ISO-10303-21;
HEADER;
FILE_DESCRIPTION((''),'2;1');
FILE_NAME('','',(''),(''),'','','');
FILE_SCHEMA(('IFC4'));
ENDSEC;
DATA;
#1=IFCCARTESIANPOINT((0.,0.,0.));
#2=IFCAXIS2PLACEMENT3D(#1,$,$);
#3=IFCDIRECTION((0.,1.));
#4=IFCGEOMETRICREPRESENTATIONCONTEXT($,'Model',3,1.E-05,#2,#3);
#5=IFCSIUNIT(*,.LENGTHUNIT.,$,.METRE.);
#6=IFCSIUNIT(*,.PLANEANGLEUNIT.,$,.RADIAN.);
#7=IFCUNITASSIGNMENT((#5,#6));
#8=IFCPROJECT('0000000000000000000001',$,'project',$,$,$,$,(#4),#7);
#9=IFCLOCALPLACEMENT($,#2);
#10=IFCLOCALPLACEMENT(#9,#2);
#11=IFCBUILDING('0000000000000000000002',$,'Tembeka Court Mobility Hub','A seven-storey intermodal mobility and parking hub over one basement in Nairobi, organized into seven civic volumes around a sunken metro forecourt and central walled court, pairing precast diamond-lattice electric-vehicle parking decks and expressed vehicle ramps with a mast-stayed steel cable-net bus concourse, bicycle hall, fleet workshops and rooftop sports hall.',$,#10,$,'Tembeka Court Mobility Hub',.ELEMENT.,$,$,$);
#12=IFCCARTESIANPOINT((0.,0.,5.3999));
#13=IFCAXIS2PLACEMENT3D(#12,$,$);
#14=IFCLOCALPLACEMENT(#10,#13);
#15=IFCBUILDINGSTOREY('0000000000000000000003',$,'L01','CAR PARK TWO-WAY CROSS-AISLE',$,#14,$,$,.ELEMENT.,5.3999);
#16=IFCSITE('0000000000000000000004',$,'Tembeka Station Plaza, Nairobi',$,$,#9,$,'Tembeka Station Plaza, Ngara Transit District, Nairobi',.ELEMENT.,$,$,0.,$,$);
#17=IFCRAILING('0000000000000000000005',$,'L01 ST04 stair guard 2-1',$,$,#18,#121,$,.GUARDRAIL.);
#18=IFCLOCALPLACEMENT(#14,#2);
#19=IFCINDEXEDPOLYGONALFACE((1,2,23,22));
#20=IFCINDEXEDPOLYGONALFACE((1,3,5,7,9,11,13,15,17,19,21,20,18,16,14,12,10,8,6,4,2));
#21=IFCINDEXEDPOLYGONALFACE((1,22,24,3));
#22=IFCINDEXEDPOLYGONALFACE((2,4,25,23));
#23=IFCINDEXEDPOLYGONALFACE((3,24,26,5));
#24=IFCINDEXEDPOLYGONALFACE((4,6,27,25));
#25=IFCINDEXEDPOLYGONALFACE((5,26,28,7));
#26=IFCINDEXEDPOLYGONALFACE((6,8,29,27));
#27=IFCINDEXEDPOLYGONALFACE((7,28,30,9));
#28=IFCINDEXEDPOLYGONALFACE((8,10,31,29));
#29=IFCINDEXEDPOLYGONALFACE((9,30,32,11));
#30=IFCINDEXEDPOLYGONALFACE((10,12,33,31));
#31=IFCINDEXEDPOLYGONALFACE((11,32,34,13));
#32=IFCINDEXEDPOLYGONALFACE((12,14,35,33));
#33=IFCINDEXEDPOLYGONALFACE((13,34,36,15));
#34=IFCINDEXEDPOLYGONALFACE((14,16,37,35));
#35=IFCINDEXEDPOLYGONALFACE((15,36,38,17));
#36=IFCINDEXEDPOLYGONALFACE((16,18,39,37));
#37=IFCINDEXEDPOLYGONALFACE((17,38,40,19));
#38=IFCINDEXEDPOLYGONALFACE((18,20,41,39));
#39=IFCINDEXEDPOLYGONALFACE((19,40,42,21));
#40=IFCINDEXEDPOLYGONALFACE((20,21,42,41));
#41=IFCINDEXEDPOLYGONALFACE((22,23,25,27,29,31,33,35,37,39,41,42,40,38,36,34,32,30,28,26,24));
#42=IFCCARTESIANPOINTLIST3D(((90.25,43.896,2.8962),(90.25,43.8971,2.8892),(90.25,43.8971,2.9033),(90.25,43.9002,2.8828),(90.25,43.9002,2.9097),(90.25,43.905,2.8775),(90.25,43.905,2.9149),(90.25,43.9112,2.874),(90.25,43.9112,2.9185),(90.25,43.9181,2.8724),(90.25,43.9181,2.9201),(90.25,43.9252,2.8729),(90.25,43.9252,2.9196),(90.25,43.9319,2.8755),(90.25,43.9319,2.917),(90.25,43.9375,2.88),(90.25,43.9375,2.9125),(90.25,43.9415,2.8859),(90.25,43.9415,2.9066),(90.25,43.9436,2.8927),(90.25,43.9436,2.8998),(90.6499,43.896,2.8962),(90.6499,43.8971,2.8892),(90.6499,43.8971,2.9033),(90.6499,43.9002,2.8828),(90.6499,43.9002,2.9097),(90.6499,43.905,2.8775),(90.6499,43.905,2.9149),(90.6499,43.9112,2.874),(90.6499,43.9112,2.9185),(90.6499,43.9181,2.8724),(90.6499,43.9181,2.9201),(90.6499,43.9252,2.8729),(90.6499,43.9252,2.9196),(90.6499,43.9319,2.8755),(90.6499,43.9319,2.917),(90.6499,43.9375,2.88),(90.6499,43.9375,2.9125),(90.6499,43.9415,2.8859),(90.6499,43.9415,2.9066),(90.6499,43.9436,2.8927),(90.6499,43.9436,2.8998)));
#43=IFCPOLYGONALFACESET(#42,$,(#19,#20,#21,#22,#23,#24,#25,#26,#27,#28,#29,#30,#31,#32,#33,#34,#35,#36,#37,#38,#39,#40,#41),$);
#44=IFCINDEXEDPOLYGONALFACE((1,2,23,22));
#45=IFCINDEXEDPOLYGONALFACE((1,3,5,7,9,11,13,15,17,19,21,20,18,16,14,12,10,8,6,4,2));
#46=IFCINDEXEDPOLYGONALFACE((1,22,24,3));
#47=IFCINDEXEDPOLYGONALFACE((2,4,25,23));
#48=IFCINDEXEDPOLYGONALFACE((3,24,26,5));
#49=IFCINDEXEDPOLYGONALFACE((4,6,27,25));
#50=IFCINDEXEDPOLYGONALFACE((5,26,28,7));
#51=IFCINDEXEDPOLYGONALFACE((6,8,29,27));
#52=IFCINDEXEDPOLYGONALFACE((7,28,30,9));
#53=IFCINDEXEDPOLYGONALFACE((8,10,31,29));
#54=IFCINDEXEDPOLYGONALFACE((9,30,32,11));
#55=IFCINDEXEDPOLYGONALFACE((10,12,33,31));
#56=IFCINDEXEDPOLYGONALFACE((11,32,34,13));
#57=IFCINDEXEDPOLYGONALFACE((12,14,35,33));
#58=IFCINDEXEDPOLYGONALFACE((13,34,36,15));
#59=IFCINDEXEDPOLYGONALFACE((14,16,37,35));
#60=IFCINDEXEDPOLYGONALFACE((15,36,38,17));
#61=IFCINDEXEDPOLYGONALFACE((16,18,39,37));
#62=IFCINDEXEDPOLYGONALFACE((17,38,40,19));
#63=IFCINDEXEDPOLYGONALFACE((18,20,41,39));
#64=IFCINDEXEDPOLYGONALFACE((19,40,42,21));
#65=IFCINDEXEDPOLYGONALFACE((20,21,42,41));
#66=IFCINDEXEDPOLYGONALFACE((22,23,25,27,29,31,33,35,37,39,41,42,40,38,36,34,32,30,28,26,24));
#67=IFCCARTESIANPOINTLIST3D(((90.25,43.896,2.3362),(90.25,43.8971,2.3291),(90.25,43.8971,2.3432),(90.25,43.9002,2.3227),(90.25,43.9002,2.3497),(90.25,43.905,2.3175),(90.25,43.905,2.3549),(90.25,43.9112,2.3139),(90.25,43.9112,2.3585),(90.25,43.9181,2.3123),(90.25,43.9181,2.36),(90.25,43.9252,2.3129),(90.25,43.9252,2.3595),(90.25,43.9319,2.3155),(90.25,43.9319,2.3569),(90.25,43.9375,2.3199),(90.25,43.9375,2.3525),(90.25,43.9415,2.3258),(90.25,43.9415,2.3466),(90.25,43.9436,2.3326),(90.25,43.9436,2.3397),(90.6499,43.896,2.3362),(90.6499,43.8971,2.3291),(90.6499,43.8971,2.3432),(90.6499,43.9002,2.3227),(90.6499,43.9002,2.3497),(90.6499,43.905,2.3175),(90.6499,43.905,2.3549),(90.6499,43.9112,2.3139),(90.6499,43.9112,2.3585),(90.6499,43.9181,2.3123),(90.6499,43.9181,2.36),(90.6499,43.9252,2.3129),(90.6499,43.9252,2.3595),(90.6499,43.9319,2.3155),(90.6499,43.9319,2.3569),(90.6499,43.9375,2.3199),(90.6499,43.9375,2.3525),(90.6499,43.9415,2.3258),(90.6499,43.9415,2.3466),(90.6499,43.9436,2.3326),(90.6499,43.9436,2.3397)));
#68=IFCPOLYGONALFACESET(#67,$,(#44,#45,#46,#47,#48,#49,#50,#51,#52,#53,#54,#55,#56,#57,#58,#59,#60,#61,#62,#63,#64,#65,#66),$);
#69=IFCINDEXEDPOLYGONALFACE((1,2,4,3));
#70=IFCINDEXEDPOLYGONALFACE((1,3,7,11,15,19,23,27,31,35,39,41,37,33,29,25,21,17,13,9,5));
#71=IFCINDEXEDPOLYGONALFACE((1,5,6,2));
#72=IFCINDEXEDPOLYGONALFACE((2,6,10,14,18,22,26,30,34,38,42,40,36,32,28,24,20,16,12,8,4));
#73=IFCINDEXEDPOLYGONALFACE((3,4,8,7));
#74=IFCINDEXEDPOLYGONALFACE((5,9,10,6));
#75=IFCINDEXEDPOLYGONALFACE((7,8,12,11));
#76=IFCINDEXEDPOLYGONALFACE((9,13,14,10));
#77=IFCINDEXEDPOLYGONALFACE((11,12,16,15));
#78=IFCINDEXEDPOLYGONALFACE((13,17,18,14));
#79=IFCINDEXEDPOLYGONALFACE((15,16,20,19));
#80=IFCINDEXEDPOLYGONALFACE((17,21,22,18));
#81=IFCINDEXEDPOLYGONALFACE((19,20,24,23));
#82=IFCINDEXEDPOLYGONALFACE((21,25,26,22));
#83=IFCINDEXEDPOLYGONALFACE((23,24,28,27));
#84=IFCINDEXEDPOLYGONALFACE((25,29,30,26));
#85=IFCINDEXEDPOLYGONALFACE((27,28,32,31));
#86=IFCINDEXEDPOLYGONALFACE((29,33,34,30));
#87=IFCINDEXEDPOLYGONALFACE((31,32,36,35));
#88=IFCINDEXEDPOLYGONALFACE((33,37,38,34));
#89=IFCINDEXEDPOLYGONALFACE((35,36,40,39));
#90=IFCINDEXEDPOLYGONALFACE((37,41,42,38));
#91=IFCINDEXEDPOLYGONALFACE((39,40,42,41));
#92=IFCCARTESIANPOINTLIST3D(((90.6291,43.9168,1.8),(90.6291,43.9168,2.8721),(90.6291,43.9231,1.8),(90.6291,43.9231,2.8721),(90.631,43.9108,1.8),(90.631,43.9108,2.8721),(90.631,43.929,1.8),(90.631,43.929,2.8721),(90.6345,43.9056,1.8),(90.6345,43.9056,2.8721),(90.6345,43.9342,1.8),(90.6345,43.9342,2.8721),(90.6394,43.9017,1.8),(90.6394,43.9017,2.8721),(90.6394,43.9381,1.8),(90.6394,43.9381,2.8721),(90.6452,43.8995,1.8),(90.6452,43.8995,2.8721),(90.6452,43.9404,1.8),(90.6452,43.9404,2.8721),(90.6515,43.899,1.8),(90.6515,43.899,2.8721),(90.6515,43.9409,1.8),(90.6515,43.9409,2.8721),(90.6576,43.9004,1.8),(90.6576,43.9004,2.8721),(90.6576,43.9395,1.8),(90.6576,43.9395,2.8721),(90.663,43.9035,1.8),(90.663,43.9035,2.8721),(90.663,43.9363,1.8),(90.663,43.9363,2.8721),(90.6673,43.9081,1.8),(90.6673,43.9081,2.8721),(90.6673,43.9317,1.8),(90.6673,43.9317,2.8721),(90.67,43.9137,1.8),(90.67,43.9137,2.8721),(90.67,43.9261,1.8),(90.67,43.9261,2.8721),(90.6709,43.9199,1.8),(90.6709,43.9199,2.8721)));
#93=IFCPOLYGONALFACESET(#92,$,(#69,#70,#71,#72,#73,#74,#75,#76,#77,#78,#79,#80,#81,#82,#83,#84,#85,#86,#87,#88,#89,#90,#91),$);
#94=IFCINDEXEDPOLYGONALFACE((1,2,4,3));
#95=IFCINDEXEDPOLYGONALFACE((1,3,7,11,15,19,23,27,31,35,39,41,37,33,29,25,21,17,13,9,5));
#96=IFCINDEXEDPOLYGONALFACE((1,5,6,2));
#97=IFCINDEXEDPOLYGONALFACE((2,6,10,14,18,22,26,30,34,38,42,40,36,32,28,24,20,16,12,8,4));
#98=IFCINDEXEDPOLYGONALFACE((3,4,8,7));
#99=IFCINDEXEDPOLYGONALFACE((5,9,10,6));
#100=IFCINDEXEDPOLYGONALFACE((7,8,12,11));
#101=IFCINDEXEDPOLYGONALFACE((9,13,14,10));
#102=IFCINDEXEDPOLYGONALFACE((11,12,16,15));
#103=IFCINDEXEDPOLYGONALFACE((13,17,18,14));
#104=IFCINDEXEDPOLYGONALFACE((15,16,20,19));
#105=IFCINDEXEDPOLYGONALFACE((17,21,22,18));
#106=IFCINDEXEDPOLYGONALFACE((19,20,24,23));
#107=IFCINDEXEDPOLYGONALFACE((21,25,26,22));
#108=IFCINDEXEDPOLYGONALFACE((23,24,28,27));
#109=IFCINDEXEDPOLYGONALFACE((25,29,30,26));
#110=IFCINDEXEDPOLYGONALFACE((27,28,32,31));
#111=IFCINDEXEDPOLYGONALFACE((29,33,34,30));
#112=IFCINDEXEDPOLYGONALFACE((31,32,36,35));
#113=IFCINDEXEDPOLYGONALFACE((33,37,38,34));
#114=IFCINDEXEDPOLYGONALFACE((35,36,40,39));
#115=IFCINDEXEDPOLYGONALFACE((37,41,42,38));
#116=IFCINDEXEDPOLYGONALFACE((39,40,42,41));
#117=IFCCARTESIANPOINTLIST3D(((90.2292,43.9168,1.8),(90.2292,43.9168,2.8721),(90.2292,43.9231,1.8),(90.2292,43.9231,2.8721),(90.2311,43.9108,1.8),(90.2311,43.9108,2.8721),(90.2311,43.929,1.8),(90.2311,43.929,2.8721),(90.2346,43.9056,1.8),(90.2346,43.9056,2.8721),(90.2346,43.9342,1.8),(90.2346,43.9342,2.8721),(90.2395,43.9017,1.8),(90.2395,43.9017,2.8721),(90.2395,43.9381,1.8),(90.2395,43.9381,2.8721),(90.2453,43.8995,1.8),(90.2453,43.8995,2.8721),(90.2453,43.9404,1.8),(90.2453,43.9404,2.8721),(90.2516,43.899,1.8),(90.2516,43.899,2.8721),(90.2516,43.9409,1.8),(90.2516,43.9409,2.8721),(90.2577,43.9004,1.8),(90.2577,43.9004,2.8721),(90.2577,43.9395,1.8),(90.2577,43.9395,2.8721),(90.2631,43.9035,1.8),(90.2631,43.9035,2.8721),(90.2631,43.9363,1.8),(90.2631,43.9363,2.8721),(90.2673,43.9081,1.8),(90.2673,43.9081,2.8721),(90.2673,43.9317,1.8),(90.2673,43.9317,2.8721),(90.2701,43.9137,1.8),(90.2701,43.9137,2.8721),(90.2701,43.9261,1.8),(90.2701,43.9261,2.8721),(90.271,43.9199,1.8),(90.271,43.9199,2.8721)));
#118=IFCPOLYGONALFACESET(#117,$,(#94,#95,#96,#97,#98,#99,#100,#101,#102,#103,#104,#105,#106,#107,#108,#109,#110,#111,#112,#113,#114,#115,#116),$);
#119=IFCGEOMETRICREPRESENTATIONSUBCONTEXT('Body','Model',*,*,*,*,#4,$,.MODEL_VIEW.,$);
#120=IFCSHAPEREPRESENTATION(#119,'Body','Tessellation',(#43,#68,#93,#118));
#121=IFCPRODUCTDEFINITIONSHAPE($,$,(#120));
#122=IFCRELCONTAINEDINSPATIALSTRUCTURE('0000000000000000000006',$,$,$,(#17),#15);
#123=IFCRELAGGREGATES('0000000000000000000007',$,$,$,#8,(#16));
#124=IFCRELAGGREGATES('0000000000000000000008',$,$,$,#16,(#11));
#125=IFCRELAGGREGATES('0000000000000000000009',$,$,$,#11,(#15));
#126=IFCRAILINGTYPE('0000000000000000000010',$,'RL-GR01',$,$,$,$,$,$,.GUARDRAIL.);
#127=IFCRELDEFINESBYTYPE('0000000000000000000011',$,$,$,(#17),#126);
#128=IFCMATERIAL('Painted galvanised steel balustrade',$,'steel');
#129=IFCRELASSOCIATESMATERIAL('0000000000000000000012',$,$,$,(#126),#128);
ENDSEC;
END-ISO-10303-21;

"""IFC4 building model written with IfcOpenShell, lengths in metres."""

from ifc_helpers import new_model, si_unit, direction, frame, origin, origin_2d, place, context, subcontext, project, spatial, circle, extrude, material, type_object, element, save


model = new_model("IFC4")

# Units and contexts
model_context = context("Model", 3, precision=1e-05, world=origin(), true_north=direction((0.0, 1.0)))
body_context = subcontext(model_context, "Body", "Model", "MODEL_VIEW")
ifc_project = project(units=[si_unit("LENGTHUNIT", "METRE"), si_unit("PLANEANGLEUNIT", "RADIAN")], contexts=[model_context])

# Site, building, storey
site_placement = place(None, origin())
site = spatial("IfcSite", under=ifc_project, at=site_placement, Name="Tembeka Station Plaza, Nairobi", LongName="Tembeka Station Plaza, Ngara Transit District, Nairobi", CompositionType="ELEMENT", RefElevation=0.0)
building_placement = place(site_placement, origin())
building = spatial("IfcBuilding", under=site, at=building_placement, Name="Tembeka Court Mobility Hub", Description="A seven-storey intermodal mobility and parking hub over one basement in Nairobi, organized into seven civic volumes around a sunken metro forecourt and central walled court, pairing precast diamond-lattice electric-vehicle parking decks and expressed vehicle ramps with a mast-stayed steel cable-net bus concourse, bicycle hall, fleet workshops and rooftop sports hall.", LongName="Tembeka Court Mobility Hub", CompositionType="ELEMENT")
storey_placement = place(building_placement, frame((0.0, 0.0, 5.3999)))
storey = spatial("IfcBuildingStorey", under=building, at=storey_placement, Name="L01", Description="CAR PARK TWO-WAY CROSS-AISLE", CompositionType="ELEMENT", Elevation=5.3999)

# Railing
ifc_material_1 = material(Name="Painted galvanised steel balustrade", Category="steel")
railing_type_1 = type_object("IfcRailingType", Name="RL-GR01", PredefinedType="GUARDRAIL", material=ifc_material_1)
railing_1_placement = place(storey_placement, frame((90.6499, 43.9199, 1.8)))
element("IfcRailing", 1, at=railing_1_placement, inside=storey, type_object=railing_type_1, Name="L01 ST04 stair guard 2-1", PredefinedType="GUARDRAIL", context=body_context, shape_type="SweptSolid", body=[
    extrude(circle(Radius=0.0239, at=origin_2d()), frame((0.0, 0.0, 1.0962), z_axis=(-1.0, 0.0, 0.0), x_axis=(0.0, -1.0, 0.0)), (0.0, 0.0, 1.0), 0.3999),
    extrude(circle(Radius=0.0239, at=origin_2d()), frame((0.0, 0.0, 0.5361), z_axis=(-1.0, 0.0, 0.0), x_axis=(0.0, -1.0, 0.0)), (0.0, 0.0, 1.0), 0.3999),
    extrude(circle(Radius=0.021, at=origin_2d()), origin(), (0.0, 0.0, 1.0), 1.072),
    extrude(circle(Radius=0.021, at=origin_2d()), frame((-0.3999, 0.0, 0.0)), (0.0, 0.0, 1.0), 1.072),
])

save(model, "model.ifc")
